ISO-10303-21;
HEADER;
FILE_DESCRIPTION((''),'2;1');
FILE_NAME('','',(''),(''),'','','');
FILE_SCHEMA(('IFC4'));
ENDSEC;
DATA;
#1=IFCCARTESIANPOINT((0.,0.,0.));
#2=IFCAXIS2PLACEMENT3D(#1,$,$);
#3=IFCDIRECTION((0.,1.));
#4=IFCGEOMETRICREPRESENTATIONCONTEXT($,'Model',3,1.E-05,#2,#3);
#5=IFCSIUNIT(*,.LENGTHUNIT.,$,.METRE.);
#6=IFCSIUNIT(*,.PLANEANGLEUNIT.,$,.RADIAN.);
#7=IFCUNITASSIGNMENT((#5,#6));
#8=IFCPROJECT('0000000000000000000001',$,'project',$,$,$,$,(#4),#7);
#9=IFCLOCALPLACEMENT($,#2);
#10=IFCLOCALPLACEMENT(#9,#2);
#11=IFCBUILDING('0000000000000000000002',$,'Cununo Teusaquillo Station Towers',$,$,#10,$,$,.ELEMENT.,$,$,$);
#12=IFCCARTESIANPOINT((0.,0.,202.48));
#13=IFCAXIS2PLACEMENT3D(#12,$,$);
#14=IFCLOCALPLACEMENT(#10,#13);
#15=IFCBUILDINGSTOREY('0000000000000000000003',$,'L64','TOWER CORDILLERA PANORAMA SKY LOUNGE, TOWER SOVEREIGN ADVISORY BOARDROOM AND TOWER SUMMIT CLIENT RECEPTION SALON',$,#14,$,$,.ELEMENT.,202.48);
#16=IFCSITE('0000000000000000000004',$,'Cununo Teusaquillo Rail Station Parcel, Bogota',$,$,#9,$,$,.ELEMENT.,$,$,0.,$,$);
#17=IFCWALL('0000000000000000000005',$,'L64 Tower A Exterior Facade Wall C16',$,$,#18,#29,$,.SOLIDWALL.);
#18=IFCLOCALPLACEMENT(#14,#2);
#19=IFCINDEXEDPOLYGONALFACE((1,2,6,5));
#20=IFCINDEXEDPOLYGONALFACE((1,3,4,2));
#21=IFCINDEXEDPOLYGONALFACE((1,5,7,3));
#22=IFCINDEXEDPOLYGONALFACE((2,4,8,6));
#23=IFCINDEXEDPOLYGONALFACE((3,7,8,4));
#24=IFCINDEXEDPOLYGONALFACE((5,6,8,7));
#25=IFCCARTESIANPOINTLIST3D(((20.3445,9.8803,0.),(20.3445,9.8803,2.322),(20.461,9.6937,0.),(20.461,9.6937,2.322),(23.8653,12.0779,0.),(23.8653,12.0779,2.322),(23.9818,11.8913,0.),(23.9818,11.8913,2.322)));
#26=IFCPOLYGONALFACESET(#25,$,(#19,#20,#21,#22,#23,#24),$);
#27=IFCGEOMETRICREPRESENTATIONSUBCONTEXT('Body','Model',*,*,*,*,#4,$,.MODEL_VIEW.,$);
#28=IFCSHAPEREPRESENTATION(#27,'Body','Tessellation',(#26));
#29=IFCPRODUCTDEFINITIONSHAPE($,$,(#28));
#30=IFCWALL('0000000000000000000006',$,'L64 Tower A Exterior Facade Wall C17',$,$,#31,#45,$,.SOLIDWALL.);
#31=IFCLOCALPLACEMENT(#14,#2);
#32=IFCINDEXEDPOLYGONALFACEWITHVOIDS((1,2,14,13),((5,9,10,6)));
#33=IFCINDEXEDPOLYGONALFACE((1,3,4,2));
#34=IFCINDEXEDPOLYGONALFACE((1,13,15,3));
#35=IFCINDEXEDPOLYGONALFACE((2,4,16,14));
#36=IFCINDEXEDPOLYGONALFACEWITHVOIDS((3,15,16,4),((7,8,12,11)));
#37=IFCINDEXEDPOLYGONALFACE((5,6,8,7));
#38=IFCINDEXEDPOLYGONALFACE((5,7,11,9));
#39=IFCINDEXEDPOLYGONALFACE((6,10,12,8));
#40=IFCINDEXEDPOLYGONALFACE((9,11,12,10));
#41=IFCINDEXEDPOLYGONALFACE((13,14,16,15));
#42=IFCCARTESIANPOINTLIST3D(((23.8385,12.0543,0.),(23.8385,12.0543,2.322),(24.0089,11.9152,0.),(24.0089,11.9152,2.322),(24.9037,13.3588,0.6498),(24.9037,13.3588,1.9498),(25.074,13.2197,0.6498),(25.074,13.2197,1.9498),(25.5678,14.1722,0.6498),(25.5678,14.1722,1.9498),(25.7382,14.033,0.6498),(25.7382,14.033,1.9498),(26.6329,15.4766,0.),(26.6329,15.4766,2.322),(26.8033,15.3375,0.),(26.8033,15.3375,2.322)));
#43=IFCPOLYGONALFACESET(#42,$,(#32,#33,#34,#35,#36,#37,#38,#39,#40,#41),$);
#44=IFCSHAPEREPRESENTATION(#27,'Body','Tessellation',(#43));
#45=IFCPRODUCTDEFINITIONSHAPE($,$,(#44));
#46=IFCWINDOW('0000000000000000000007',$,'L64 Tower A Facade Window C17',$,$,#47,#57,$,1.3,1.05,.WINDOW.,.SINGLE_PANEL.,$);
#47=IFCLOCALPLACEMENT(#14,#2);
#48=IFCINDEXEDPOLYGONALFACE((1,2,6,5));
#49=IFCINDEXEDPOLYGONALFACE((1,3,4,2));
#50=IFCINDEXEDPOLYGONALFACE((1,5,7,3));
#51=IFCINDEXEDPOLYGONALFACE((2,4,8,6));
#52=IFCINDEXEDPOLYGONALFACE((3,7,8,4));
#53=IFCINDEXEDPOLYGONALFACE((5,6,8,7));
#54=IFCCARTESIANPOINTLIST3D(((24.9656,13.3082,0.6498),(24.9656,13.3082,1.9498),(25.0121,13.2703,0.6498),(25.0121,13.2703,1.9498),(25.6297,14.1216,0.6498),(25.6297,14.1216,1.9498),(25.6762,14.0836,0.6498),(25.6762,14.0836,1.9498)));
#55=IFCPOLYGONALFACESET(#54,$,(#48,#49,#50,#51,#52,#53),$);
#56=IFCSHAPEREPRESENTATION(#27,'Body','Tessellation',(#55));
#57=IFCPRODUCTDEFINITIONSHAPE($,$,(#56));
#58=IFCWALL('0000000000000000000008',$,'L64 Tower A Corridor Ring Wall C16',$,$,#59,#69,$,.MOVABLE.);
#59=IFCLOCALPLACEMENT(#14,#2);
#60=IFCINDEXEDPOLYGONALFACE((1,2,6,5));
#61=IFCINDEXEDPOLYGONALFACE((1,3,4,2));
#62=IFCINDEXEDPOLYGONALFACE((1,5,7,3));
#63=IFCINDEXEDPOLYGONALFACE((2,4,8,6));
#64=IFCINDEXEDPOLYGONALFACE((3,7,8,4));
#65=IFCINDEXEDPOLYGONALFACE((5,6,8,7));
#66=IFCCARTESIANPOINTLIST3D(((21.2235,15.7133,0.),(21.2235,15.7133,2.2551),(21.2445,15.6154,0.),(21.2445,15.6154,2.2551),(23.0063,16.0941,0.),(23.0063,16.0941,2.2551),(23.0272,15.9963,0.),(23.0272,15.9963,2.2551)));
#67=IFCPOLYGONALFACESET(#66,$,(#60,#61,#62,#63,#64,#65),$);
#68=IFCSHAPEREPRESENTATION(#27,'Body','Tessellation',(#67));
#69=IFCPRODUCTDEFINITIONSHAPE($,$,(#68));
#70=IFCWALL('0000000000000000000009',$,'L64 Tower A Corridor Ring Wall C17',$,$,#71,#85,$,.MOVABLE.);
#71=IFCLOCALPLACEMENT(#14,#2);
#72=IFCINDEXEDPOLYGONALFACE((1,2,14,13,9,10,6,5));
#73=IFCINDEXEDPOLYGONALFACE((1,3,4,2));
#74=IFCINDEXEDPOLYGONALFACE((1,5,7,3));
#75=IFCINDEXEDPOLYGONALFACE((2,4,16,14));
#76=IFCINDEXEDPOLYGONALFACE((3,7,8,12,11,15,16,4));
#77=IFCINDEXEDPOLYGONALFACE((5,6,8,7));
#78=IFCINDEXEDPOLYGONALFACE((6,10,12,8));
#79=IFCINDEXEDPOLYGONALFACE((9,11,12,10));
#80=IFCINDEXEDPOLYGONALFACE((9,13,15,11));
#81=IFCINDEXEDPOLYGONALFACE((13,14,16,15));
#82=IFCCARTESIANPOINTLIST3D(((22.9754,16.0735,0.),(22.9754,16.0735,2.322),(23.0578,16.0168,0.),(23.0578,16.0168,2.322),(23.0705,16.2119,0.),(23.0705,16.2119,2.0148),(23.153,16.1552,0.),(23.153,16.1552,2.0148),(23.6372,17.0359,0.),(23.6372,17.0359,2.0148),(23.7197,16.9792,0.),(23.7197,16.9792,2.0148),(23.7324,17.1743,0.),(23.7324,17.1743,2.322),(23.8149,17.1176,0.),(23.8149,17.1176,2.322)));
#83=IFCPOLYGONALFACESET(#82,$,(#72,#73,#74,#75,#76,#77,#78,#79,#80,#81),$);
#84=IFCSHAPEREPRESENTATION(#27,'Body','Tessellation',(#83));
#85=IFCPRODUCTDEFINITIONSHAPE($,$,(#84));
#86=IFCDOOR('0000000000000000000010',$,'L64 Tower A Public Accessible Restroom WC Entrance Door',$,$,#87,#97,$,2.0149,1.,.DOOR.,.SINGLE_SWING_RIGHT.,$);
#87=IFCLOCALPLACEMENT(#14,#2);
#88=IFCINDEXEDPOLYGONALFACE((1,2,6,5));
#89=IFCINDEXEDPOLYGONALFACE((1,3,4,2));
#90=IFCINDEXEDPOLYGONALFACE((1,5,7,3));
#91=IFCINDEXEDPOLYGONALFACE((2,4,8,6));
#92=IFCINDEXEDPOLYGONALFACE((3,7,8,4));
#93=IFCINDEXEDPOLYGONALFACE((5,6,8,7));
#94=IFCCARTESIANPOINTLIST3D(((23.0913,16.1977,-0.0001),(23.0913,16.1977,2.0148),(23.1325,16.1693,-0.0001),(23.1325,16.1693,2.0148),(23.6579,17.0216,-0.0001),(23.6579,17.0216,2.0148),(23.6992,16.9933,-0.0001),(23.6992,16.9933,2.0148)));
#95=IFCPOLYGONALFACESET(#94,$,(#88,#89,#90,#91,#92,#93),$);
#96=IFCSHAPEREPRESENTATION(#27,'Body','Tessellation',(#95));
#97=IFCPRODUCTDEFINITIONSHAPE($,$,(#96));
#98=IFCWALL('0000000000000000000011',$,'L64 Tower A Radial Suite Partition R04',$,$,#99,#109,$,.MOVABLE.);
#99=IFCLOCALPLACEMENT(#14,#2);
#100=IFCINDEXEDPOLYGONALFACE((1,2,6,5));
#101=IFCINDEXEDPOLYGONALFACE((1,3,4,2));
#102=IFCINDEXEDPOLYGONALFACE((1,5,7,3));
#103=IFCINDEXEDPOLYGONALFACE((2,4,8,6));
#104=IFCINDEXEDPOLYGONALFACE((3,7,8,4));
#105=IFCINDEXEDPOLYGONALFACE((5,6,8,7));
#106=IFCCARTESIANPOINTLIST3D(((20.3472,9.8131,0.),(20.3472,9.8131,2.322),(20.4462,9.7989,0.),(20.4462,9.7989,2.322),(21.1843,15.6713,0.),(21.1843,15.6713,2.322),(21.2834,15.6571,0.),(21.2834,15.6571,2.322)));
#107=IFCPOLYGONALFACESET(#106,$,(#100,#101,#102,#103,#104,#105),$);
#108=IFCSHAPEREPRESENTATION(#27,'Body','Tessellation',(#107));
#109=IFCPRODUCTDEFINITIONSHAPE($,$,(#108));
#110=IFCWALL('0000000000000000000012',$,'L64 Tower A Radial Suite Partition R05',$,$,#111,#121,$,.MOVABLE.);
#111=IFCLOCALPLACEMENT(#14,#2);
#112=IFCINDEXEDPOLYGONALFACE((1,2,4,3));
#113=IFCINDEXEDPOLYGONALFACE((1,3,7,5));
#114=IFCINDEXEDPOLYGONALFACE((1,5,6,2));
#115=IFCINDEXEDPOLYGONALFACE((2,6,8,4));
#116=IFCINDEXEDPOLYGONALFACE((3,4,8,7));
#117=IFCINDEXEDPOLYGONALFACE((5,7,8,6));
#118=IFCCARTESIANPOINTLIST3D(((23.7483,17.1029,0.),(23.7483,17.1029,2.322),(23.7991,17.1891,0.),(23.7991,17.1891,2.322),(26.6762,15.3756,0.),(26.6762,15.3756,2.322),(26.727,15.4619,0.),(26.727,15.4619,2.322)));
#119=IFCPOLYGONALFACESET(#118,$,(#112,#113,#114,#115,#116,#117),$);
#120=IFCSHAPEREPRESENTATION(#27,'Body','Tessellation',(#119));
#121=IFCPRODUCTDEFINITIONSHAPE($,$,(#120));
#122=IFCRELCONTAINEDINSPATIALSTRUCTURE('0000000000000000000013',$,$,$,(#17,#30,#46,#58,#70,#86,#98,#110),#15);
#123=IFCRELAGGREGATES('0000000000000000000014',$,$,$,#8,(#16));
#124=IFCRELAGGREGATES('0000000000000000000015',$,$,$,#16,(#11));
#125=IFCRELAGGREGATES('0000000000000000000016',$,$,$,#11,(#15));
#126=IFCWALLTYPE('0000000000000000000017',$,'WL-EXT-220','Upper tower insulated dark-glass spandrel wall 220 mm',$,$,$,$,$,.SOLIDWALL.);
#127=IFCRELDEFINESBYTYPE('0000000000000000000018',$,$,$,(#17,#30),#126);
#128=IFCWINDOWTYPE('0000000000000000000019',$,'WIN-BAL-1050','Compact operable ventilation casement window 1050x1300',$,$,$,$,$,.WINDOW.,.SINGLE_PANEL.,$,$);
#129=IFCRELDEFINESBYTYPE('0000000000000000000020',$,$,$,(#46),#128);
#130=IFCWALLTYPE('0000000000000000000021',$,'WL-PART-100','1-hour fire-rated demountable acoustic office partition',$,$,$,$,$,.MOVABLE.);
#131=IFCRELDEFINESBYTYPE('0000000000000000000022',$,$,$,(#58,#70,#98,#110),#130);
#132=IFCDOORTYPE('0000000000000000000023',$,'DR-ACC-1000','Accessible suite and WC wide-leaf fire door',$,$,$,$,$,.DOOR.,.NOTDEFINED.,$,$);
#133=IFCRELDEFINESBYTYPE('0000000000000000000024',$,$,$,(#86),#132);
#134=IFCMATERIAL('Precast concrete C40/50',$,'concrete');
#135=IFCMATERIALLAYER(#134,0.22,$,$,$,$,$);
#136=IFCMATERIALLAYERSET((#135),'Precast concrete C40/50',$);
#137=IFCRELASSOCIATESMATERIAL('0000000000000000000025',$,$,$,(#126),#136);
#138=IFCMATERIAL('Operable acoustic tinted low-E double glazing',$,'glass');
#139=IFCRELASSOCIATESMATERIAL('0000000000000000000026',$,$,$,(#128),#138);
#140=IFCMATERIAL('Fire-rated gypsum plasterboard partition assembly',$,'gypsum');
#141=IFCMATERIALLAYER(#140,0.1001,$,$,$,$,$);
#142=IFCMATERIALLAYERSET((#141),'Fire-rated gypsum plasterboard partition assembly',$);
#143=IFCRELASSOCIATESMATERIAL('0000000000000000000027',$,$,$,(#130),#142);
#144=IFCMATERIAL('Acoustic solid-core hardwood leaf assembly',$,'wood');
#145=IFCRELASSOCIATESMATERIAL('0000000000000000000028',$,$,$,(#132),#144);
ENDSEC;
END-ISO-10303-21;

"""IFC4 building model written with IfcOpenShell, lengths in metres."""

from ifc_helpers import new_model, si_unit, direction, frame, frame_2d, origin, place, context, subcontext, project, spatial, rectangle, extrude, source, transform, mapped, material, layer, layer_set, type_object, element, fill, save


model = new_model("IFC4")

# Units and contexts
model_context = context("Model", 3, precision=1e-05, world=origin(), true_north=direction((0.0, 1.0)))
body_context = subcontext(model_context, "Body", "Model", "MODEL_VIEW")
ifc_project = project(units=[si_unit("LENGTHUNIT", "METRE"), si_unit("PLANEANGLEUNIT", "RADIAN")], contexts=[model_context])

# Site, building, storey
site_placement = place(None, origin())
site = spatial("IfcSite", under=ifc_project, at=site_placement, Name="Cununo Teusaquillo Rail Station Parcel, Bogota", CompositionType="ELEMENT", RefElevation=0.0)
building_placement = place(site_placement, origin())
building = spatial("IfcBuilding", under=site, at=building_placement, Name="Cununo Teusaquillo Station Towers", CompositionType="ELEMENT")
storey_placement = place(building_placement, frame((0.0, 0.0, 202.48)))
storey = spatial("IfcBuildingStorey", under=building, at=storey_placement, Name="L64", Description="TOWER CORDILLERA PANORAMA SKY LOUNGE, TOWER SOVEREIGN ADVISORY BOARDROOM AND TOWER SUMMIT CLIENT RECEPTION SALON", CompositionType="ELEMENT", Elevation=202.48)

# Shared definitions
ifc_material_1 = material(Name="Precast concrete C40/50", Category="concrete")
ifc_layer_1 = layer(ifc_material_1, 0.22)
ifc_layer_set_1 = layer_set([ifc_layer_1], Name="Precast concrete C40/50")
wall_type_1 = type_object("IfcWallType", Name="WL-EXT-220", Description="Upper tower insulated dark-glass spandrel wall 220 mm", PredefinedType="SOLIDWALL", material=ifc_layer_set_1)
shared_shape_1 = source(origin(), body_context, "Body", "SweptSolid", [
    extrude(rectangle(XDim=1.05, YDim=1.3, at=frame_2d((0.5249, 0.6499))), frame((0.0, 0.1199, 0.0), z_axis=(0.0, -1.0, 0.0), x_axis=(1.0, 0.0, 0.0)), (0.0, 0.0, 1.0), 0.24),
])
ifc_material_2 = material(Name="Operable acoustic tinted low-E double glazing", Category="glass")
window_type = type_object("IfcWindowType", Name="WIN-BAL-1050", Description="Compact operable ventilation casement window 1050x1300", PartitioningType="SINGLE_PANEL", PredefinedType="WINDOW", material=ifc_material_2)
shared_shape_2 = source(origin(), body_context, "Body", "SweptSolid", [
    extrude(rectangle(XDim=1.05, YDim=1.3, at=frame_2d((0.5249, 0.6499))), frame((0.0, 0.03, 0.0), z_axis=(0.0, -1.0, 0.0), x_axis=(1.0, 0.0, 0.0)), (0.0, 0.0, 1.0), 0.0601),
])

# Wall
wall_1_placement = place(storey_placement, frame((23.9236, 11.9846, 0.0), z_axis=(0.0, 0.0, 1.0), x_axis=(-0.848319, -0.529486, 0.0)))
element("IfcWall", 1, at=wall_1_placement, inside=storey, type_object=wall_type_1, Name="L64 Tower A Exterior Facade Wall C16", PredefinedType="SOLIDWALL", context=body_context, shape_type="SweptSolid", body=[
    extrude(rectangle(XDim=4.1504, YDim=0.22, at=frame_2d((2.0752, 0.0))), origin(), (0.0, 0.0, 1.0), 2.322),
])

# Wall, opening, window
wall_2_placement = place(storey_placement, frame((26.718, 15.407, 0.0), z_axis=(0.0, 0.0, 1.0), x_axis=(-0.632467, -0.774587, 0.0)))
wall_2 = element("IfcWall", 2, at=wall_2_placement, inside=storey, type_object=wall_type_1, Name="L64 Tower A Exterior Facade Wall C17", PredefinedType="SOLIDWALL", context=body_context, shape_type="SweptSolid", body=[
    extrude(rectangle(XDim=4.4182, YDim=0.22, at=frame_2d((2.209, 0.0))), origin(), (0.0, 0.0, 1.0), 2.322),
])
opening_1_placement = place(wall_2_placement, frame((1.6841, 0.0, 0.6499)))
opening_1 = element("IfcOpeningElement", 3, at=opening_1_placement, cuts=wall_2, PredefinedType="OPENING", context=body_context, shape_type="MappedRepresentation", body=[
    mapped(shared_shape_1, transform((0.0, 0.0, 0.0), x_axis=(1.0, 0.0, 0.0), y_axis=(0.0, 1.0, 0.0), z_axis=(0.0, 0.0, 1.0), scale=1.0)),
])
window_1_placement = place(opening_1_placement, origin())
window_1 = element("IfcWindow", 4, at=window_1_placement, inside=storey, type_object=window_type, Name="L64 Tower A Facade Window C17", OverallHeight=1.3, OverallWidth=1.05, PartitioningType="SINGLE_PANEL", PredefinedType="WINDOW", context=body_context, shape_type="MappedRepresentation", body=[
    mapped(shared_shape_2, transform((0.0, 0.0, 0.0), x_axis=(1.0, 0.0, 0.0), y_axis=(0.0, 1.0, 0.0), z_axis=(0.0, 0.0, 1.0), scale=1.0)),
])
fill(opening_1, window_1)

# Wall
ifc_material_3 = material(Name="Fire-rated gypsum plasterboard partition assembly", Category="gypsum")
ifc_layer_2 = layer(ifc_material_3, 0.1001)
ifc_layer_set_2 = layer_set([ifc_layer_2], Name="Fire-rated gypsum plasterboard partition assembly")
wall_type_2 = type_object("IfcWallType", Name="WL-PART-100", Description="1-hour fire-rated demountable acoustic office partition", PredefinedType="MOVABLE", material=ifc_layer_set_2)
wall_3_placement = place(storey_placement, frame((21.2339, 15.6643, 0.0), z_axis=(0.0, 0.0, 1.0), x_axis=(0.977932, 0.208925, 0.0)))
element("IfcWall", 5, at=wall_3_placement, inside=storey, type_object=wall_type_2, Name="L64 Tower A Corridor Ring Wall C16", PredefinedType="MOVABLE", context=body_context, shape_type="SweptSolid", body=[
    extrude(rectangle(XDim=1.823, YDim=0.1001, at=frame_2d((0.9116, 0.0))), origin(), (0.0, 0.0, 1.0), 2.2551),
])

# Wall, opening, door
wall_4_placement = place(storey_placement, frame((23.0166, 16.0452, 0.0), z_axis=(0.0, 0.0, 1.0), x_axis=(0.566661, 0.823951, 0.0)))
wall_4 = element("IfcWall", 6, at=wall_4_placement, inside=storey, type_object=wall_type_2, Name="L64 Tower A Corridor Ring Wall C17", PredefinedType="MOVABLE", context=body_context, shape_type="SweptSolid", body=[
    extrude(rectangle(XDim=1.3359, YDim=0.1001, at=frame_2d((0.668, 0.0))), origin(), (0.0, 0.0, 1.0), 2.322),
])
shared_shape_3 = source(origin(), body_context, "Body", "SweptSolid", [
    extrude(rectangle(XDim=1.0, YDim=2.0149, at=frame_2d((0.5, 1.0073))), frame((0.0, 0.0601, 0.0), z_axis=(0.0, -1.0, 0.0), x_axis=(1.0, 0.0, 0.0)), (0.0, 0.0, 1.0), 0.1201),
])
opening_2_placement = place(wall_4_placement, frame((0.168, 0.0, 0.0)))
opening_2 = element("IfcOpeningElement", 7, at=opening_2_placement, cuts=wall_4, PredefinedType="OPENING", context=body_context, shape_type="MappedRepresentation", body=[
    mapped(shared_shape_3, transform((0.0, 0.0, 0.0), x_axis=(1.0, 0.0, 0.0), y_axis=(0.0, 1.0, 0.0), z_axis=(0.0, 0.0, 1.0), scale=1.0)),
])
ifc_material_4 = material(Name="Acoustic solid-core hardwood leaf assembly", Category="wood")
door_type = type_object("IfcDoorType", Name="DR-ACC-1000", Description="Accessible suite and WC wide-leaf fire door", OperationType="NOTDEFINED", PredefinedType="DOOR", material=ifc_material_4)
shared_shape_4 = source(origin(), body_context, "Body", "SweptSolid", [
    extrude(rectangle(XDim=1.0, YDim=2.0149, at=frame_2d((0.5, 1.0073))), frame((0.0, 0.0249, 0.0), z_axis=(0.0, -1.0, 0.0), x_axis=(1.0, 0.0, 0.0)), (0.0, 0.0, 1.0), 0.05),
])
door_placement = place(opening_2_placement, origin())
door = element("IfcDoor", 8, at=door_placement, inside=storey, type_object=door_type, Name="L64 Tower A Public Accessible Restroom WC Entrance Door", OperationType="SINGLE_SWING_RIGHT", OverallHeight=2.0149, OverallWidth=1.0, PredefinedType="DOOR", context=body_context, shape_type="MappedRepresentation", body=[
    mapped(shared_shape_4, transform((0.0, 0.0, 0.0), x_axis=(1.0, 0.0, 0.0), y_axis=(0.0, 1.0, 0.0), z_axis=(0.0, 0.0, 1.0), scale=1.0)),
])
fill(opening_2, door)

# Walls
wall_5_placement = place(storey_placement, frame((21.2339, 15.6643, 0.0), z_axis=(0.0, 0.0, 1.0), x_axis=(-0.141468, -0.989943, 0.0)))
element("IfcWall", 9, at=wall_5_placement, inside=storey, type_object=wall_type_2, Name="L64 Tower A Radial Suite Partition R04", PredefinedType="MOVABLE", context=body_context, shape_type="SweptSolid", body=[
    extrude(rectangle(XDim=5.9177, YDim=0.1001, at=frame_2d((2.959, 0.0))), origin(), (0.0, 0.0, 1.0), 2.322),
])
wall_6_placement = place(storey_placement, frame((23.7737, 17.146, 0.0), z_axis=(0.0, 0.0, 1.0), x_axis=(0.861297, -0.508103, 0.0)))
element("IfcWall", 10, at=wall_6_placement, inside=storey, type_object=wall_type_2, Name="L64 Tower A Radial Suite Partition R05", PredefinedType="MOVABLE", context=body_context, shape_type="SweptSolid", body=[
    extrude(rectangle(XDim=3.3994, YDim=0.1001, at=frame_2d((1.6997, 0.0))), origin(), (0.0, 0.0, 1.0), 2.322),
])

save(model, "model.ifc")
